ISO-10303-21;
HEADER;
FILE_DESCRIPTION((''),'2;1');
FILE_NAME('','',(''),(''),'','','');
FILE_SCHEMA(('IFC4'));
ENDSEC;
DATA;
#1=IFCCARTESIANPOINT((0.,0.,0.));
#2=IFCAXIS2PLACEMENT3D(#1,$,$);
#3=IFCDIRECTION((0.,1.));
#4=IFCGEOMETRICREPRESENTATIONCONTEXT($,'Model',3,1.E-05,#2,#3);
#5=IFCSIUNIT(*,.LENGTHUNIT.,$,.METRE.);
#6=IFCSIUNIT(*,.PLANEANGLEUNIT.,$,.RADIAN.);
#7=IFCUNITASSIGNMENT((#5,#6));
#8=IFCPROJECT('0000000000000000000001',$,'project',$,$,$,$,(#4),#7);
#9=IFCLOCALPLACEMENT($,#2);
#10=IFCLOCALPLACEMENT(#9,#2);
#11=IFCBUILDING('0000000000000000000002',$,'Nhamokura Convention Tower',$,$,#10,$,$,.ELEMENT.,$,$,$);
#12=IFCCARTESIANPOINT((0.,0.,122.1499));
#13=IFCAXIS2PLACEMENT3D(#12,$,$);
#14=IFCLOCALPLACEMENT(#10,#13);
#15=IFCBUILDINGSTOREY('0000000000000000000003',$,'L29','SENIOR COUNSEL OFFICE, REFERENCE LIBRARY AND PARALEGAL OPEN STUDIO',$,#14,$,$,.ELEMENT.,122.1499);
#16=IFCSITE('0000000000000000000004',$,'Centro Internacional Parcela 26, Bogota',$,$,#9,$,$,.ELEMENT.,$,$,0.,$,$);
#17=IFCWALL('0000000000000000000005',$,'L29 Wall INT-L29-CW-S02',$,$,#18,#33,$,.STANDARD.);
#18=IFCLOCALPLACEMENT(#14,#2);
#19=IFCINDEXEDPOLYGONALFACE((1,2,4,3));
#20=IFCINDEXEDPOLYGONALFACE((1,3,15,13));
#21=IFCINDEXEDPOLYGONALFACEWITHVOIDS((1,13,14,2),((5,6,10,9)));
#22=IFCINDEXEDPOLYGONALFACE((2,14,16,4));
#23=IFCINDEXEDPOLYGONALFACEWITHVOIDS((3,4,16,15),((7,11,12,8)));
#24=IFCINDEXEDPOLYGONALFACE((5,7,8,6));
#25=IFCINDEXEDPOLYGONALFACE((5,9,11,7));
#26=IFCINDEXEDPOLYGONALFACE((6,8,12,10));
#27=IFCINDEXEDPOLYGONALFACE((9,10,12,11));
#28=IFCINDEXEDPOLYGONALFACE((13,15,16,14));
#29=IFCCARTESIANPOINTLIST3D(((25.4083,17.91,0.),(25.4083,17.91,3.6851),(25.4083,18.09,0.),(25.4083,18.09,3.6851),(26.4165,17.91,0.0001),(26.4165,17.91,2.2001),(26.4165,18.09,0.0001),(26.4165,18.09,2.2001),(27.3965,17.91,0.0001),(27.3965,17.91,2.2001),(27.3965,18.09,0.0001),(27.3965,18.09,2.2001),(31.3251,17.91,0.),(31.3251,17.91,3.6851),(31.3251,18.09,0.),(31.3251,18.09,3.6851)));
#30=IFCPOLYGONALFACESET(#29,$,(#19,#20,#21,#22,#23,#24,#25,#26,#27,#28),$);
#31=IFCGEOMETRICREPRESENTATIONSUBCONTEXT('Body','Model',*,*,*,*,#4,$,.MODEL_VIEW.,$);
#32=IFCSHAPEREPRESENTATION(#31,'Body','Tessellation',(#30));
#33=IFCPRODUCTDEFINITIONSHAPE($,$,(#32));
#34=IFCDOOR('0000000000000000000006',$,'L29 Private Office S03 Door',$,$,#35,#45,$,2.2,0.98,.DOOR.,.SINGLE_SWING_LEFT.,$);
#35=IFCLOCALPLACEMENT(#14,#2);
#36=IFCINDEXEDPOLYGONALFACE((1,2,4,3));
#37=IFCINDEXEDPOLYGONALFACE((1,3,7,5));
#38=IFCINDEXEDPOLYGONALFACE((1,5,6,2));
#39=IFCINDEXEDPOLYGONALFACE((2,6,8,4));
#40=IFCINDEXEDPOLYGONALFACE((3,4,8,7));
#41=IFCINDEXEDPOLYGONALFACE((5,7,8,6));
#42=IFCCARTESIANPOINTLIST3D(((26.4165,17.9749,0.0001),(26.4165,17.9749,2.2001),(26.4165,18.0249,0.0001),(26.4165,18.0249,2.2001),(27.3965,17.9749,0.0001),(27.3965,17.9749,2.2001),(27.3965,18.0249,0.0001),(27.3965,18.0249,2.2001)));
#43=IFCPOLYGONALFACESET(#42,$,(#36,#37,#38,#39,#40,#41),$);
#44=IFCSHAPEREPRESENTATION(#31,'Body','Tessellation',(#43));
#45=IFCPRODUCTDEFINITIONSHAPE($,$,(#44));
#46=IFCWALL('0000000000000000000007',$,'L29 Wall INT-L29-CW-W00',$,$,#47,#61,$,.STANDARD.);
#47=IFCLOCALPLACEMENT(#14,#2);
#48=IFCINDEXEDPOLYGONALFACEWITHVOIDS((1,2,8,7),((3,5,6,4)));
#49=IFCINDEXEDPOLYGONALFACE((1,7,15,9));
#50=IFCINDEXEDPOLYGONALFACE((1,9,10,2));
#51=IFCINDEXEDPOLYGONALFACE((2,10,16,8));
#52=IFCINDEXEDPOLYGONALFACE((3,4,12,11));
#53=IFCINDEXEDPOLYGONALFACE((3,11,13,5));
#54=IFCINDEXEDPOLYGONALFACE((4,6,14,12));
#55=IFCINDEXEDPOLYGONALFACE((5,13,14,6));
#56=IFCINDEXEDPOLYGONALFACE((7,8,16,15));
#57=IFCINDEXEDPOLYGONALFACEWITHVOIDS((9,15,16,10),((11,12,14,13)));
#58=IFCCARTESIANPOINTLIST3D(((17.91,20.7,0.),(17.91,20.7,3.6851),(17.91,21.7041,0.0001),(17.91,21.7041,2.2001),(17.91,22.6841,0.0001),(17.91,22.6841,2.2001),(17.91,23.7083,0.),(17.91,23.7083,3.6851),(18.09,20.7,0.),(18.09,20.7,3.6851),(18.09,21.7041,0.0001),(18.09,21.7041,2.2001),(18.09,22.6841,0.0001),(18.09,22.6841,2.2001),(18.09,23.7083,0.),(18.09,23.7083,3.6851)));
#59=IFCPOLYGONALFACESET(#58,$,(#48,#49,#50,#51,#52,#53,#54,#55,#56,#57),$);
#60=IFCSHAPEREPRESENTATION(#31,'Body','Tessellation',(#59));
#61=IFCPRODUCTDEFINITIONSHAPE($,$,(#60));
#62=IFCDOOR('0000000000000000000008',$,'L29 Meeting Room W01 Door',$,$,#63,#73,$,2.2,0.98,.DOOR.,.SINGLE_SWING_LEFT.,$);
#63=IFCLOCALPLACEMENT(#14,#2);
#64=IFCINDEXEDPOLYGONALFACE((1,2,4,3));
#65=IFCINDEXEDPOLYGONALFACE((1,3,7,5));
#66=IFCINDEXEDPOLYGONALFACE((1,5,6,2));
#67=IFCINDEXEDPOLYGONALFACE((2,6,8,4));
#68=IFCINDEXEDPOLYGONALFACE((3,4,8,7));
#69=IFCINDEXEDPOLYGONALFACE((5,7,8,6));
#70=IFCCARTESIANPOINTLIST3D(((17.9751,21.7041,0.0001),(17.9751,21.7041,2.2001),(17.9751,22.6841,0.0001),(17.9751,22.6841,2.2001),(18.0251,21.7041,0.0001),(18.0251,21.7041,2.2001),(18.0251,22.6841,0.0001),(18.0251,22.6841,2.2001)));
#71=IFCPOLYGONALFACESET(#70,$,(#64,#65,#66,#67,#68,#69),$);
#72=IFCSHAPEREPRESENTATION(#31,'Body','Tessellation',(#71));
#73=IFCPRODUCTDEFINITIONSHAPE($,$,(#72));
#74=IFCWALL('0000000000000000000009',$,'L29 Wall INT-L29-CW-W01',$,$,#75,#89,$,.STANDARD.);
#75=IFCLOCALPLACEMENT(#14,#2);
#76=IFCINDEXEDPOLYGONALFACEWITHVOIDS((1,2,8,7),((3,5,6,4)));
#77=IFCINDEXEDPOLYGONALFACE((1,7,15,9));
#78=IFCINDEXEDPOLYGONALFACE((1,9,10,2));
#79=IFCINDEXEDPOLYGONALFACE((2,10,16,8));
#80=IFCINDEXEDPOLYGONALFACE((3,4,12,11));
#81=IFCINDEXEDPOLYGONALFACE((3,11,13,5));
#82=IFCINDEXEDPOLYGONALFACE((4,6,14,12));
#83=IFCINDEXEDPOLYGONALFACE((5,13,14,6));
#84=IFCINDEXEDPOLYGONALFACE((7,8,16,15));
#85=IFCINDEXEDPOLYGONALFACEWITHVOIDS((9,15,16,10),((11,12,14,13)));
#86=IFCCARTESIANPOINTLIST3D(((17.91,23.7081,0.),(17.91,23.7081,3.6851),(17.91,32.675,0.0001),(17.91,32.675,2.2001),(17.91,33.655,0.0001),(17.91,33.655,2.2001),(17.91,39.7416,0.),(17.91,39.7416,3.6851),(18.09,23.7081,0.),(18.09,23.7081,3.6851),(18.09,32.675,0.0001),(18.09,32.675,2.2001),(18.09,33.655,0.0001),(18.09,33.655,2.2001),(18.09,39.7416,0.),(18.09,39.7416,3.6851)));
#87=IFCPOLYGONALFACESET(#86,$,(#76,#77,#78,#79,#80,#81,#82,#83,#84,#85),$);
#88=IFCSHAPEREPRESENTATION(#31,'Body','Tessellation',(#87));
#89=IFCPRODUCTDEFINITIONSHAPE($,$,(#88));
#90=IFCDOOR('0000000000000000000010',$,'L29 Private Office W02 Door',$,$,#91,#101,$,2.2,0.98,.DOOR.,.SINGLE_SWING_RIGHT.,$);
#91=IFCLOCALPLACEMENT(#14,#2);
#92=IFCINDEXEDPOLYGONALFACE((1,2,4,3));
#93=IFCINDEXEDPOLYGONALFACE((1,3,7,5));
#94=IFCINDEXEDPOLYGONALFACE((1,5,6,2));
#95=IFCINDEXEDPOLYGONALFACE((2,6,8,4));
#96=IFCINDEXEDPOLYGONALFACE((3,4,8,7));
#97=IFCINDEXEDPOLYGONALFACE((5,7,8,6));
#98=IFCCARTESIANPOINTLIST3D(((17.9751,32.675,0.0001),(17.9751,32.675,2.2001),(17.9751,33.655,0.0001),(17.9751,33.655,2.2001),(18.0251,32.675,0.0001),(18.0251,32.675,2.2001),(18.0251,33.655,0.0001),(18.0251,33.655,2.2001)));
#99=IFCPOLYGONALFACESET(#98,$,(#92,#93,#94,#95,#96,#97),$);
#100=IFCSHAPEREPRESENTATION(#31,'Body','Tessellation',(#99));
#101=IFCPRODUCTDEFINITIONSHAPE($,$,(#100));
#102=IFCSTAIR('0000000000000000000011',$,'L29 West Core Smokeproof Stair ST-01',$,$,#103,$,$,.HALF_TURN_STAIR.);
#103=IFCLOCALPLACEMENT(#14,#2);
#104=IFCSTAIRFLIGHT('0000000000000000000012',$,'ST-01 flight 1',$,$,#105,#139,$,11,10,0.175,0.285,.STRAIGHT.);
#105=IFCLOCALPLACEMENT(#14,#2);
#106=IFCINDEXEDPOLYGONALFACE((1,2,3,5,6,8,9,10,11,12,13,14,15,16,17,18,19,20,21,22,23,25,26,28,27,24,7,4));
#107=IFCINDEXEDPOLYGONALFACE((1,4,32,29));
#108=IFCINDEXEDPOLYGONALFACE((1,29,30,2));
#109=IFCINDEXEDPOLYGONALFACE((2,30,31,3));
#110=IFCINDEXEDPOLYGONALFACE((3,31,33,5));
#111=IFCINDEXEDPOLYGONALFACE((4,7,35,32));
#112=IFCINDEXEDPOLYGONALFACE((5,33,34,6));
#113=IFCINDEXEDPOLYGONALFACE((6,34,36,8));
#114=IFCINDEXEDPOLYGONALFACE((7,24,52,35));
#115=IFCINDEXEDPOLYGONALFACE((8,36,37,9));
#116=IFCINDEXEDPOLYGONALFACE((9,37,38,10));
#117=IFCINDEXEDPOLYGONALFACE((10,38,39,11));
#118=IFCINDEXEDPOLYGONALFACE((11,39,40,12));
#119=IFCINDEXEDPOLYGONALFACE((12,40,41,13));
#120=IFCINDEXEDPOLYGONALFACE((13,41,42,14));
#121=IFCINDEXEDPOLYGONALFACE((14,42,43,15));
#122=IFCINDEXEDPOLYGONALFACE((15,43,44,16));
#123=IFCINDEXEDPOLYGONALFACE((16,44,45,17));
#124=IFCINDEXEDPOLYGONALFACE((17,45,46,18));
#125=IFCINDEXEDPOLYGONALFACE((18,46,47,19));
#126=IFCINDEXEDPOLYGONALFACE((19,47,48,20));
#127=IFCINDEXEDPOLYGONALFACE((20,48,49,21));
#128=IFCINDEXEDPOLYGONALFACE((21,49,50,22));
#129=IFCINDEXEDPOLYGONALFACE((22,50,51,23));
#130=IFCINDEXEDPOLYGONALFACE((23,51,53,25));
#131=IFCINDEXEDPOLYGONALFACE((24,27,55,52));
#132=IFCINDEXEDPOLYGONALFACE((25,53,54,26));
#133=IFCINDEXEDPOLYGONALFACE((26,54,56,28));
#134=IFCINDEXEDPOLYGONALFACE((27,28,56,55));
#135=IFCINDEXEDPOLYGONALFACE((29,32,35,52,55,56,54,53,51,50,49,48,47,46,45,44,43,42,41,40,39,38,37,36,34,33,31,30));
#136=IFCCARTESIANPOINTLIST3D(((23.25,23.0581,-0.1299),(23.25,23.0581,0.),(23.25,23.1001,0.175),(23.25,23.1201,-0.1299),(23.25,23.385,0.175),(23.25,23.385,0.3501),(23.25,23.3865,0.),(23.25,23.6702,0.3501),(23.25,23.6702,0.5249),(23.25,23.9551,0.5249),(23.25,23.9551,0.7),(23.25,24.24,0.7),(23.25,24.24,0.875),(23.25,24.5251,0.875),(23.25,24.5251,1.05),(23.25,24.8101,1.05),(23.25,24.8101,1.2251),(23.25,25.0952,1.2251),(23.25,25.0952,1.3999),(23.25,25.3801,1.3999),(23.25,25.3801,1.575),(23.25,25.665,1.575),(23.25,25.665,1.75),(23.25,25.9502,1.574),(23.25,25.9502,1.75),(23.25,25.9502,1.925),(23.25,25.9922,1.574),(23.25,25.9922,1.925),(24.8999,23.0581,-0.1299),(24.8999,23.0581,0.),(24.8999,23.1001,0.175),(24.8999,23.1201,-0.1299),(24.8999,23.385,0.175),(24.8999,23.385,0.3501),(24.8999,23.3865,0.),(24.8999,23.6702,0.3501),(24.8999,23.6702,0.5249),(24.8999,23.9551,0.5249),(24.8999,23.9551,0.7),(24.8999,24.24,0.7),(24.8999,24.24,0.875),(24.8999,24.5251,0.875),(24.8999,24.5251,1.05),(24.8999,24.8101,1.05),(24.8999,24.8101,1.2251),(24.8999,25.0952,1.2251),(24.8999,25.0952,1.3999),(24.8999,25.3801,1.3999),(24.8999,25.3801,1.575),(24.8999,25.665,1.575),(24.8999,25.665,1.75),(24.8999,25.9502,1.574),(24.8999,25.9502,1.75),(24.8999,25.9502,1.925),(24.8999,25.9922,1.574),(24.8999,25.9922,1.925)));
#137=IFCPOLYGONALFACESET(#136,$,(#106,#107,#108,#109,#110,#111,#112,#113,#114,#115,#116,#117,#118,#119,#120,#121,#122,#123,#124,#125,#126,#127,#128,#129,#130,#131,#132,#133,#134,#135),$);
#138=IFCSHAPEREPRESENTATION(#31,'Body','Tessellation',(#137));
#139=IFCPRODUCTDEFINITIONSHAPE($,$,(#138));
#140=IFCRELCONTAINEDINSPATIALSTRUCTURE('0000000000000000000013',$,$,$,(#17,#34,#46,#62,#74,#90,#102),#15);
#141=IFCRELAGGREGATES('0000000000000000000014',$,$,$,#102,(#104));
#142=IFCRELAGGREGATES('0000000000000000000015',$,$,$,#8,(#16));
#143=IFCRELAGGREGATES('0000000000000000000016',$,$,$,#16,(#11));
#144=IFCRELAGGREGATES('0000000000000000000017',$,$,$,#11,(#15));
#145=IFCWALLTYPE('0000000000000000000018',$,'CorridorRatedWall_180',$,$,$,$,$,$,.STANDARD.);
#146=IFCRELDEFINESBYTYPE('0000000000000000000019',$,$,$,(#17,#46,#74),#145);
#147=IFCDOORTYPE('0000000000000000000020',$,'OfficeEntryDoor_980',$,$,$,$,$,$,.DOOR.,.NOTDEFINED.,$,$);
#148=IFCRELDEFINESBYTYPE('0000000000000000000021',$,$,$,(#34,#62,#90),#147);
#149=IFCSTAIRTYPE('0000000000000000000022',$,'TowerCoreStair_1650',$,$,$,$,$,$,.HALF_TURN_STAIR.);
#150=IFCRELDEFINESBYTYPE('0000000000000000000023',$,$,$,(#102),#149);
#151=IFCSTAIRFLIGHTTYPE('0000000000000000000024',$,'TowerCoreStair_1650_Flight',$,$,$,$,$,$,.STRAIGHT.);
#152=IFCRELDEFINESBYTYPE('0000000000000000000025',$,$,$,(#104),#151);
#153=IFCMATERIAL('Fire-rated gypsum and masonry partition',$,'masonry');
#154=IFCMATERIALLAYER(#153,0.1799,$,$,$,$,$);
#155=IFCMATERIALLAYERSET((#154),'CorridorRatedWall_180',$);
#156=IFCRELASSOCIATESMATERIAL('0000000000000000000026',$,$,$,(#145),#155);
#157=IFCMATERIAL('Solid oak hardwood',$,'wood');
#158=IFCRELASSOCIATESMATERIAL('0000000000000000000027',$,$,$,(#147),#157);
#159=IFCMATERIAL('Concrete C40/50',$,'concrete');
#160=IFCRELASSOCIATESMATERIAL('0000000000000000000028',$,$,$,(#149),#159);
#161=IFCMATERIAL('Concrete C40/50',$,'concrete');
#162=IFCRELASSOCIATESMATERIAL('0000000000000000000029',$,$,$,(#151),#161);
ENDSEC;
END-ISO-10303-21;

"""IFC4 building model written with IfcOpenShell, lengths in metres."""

from ifc_helpers import new_model, si_unit, direction, frame, frame_2d, origin, place, context, subcontext, project, spatial, polyline, rectangle, outline, extrude, material, layer, layer_set, type_object, element, fill, aggregate, save


model = new_model("IFC4")

# Units and contexts
model_context = context("Model", 3, precision=1e-05, world=origin(), true_north=direction((0.0, 1.0)))
body_context = subcontext(model_context, "Body", "Model", "MODEL_VIEW")
ifc_project = project(units=[si_unit("LENGTHUNIT", "METRE"), si_unit("PLANEANGLEUNIT", "RADIAN")], contexts=[model_context])

# Site, building, storey
site_placement = place(None, origin())
site = spatial("IfcSite", under=ifc_project, at=site_placement, Name="Centro Internacional Parcela 26, Bogota", CompositionType="ELEMENT", RefElevation=0.0)
building_placement = place(site_placement, origin())
building = spatial("IfcBuilding", under=site, at=building_placement, Name="Nhamokura Convention Tower", CompositionType="ELEMENT")
storey_placement = place(building_placement, frame((0.0, 0.0, 122.1499)))
storey = spatial("IfcBuildingStorey", under=building, at=storey_placement, Name="L29", Description="SENIOR COUNSEL OFFICE, REFERENCE LIBRARY AND PARALEGAL OPEN STUDIO", CompositionType="ELEMENT", Elevation=122.1499)

# Walls, openings, doors
ifc_material_1 = material(Name="Fire-rated gypsum and masonry partition", Category="masonry")
ifc_layer_1 = layer(ifc_material_1, 0.1799)
ifc_layer_set_1 = layer_set([ifc_layer_1], Name="CorridorRatedWall_180")
wall_type_1 = type_object("IfcWallType", Name="CorridorRatedWall_180", PredefinedType="STANDARD", material=ifc_layer_set_1)
ifc_material_2 = material(Name="Solid oak hardwood", Category="wood")
door_type_1 = type_object("IfcDoorType", Name="OfficeEntryDoor_980", OperationType="NOTDEFINED", PredefinedType="DOOR", material=ifc_material_2)
wall_1_placement = place(storey_placement, frame((25.4082, 18.0, 0.0), z_axis=(0.0, 0.0, 1.0), x_axis=(1.0, 0.0, 0.0)))
wall_1 = element("IfcWall", 1, at=wall_1_placement, inside=storey, type_object=wall_type_1, Name="L29 Wall INT-L29-CW-S02", PredefinedType="STANDARD", context=body_context, shape_type="SweptSolid", body=[
    extrude(rectangle(XDim=5.9167, YDim=0.1799, at=frame_2d((2.9585, 0.0))), origin(), (0.0, 0.0, 1.0), 3.6851),
])
opening_1_placement = place(wall_1_placement, frame((1.0083, 0.0, 0.0)))
opening_1 = element("IfcOpeningElement", 2, at=opening_1_placement, cuts=wall_1, PredefinedType="OPENING", context=body_context, shape_type="SweptSolid", body=[
    extrude(rectangle(XDim=0.98, YDim=2.2, at=frame_2d((0.49, 1.1001))), frame((0.0, 0.0999, 0.0), z_axis=(0.0, -1.0, 0.0), x_axis=(1.0, 0.0, 0.0)), (0.0, 0.0, 1.0), 0.2),
])
door_1_placement = place(opening_1_placement, origin())
door_1 = element("IfcDoor", 3, at=door_1_placement, inside=storey, type_object=door_type_1, Name="L29 Private Office S03 Door", OperationType="SINGLE_SWING_LEFT", OverallHeight=2.2, OverallWidth=0.98, PredefinedType="DOOR", context=body_context, shape_type="SweptSolid", body=[
    extrude(rectangle(XDim=0.98, YDim=2.2, at=frame_2d((0.49, 1.1001))), frame((0.0, 0.0249, 0.0), z_axis=(0.0, -1.0, 0.0), x_axis=(1.0, 0.0, 0.0)), (0.0, 0.0, 1.0), 0.05),
])
fill(opening_1, door_1)
wall_2_placement = place(storey_placement, frame((18.0, 20.7, 0.0), z_axis=(0.0, 0.0, 1.0), x_axis=(0.0, 1.0, 0.0)))
wall_2 = element("IfcWall", 4, at=wall_2_placement, inside=storey, type_object=wall_type_1, Name="L29 Wall INT-L29-CW-W00", PredefinedType="STANDARD", context=body_context, shape_type="SweptSolid", body=[
    extrude(rectangle(XDim=3.0083, YDim=0.1799, at=frame_2d((1.5042, 0.0))), origin(), (0.0, 0.0, 1.0), 3.6851),
])
opening_2_placement = place(wall_2_placement, frame((1.0042, 0.0, 0.0)))
opening_2 = element("IfcOpeningElement", 5, at=opening_2_placement, cuts=wall_2, PredefinedType="OPENING", context=body_context, shape_type="SweptSolid", body=[
    extrude(rectangle(XDim=0.98, YDim=2.2, at=frame_2d((0.49, 1.1001))), frame((0.0, 0.0999, 0.0), z_axis=(0.0, -1.0, 0.0), x_axis=(1.0, 0.0, 0.0)), (0.0, 0.0, 1.0), 0.2),
])
door_2_placement = place(opening_2_placement, origin())
door_2 = element("IfcDoor", 6, at=door_2_placement, inside=storey, type_object=door_type_1, Name="L29 Meeting Room W01 Door", OperationType="SINGLE_SWING_LEFT", OverallHeight=2.2, OverallWidth=0.98, PredefinedType="DOOR", context=body_context, shape_type="SweptSolid", body=[
    extrude(rectangle(XDim=0.98, YDim=2.2, at=frame_2d((0.49, 1.1001))), frame((0.0, 0.0249, 0.0), z_axis=(0.0, -1.0, 0.0), x_axis=(1.0, 0.0, 0.0)), (0.0, 0.0, 1.0), 0.05),
])
fill(opening_2, door_2)
wall_3_placement = place(storey_placement, frame((18.0, 23.7083, 0.0), z_axis=(0.0, 0.0, 1.0), x_axis=(0.0, 1.0, 0.0)))
wall_3 = element("IfcWall", 7, at=wall_3_placement, inside=storey, type_object=wall_type_1, Name="L29 Wall INT-L29-CW-W01", PredefinedType="STANDARD", context=body_context, shape_type="SweptSolid", body=[
    extrude(rectangle(XDim=16.0334, YDim=0.1799, at=frame_2d((8.0166, 0.0))), origin(), (0.0, 0.0, 1.0), 3.6851),
])
opening_3_placement = place(wall_3_placement, frame((8.9668, 0.0, 0.0)))
opening_3 = element("IfcOpeningElement", 8, at=opening_3_placement, cuts=wall_3, PredefinedType="OPENING", context=body_context, shape_type="SweptSolid", body=[
    extrude(rectangle(XDim=0.98, YDim=2.2, at=frame_2d((0.49, 1.1001))), frame((0.0, 0.0999, 0.0), z_axis=(0.0, -1.0, 0.0), x_axis=(1.0, 0.0, 0.0)), (0.0, 0.0, 1.0), 0.2),
])
door_3_placement = place(opening_3_placement, origin())
door_3 = element("IfcDoor", 9, at=door_3_placement, inside=storey, type_object=door_type_1, Name="L29 Private Office W02 Door", OperationType="SINGLE_SWING_RIGHT", OverallHeight=2.2, OverallWidth=0.98, PredefinedType="DOOR", context=body_context, shape_type="SweptSolid", body=[
    extrude(rectangle(XDim=0.98, YDim=2.2, at=frame_2d((0.49, 1.1001))), frame((0.0, 0.0249, 0.0), z_axis=(0.0, -1.0, 0.0), x_axis=(1.0, 0.0, 0.0)), (0.0, 0.0, 1.0), 0.05),
])
fill(opening_3, door_3)

# Stair, stair flight
ifc_material_3 = material(Name="Concrete C40/50", Category="concrete")
stair_type = type_object("IfcStairType", Name="TowerCoreStair_1650", PredefinedType="HALF_TURN_STAIR", material=ifc_material_3)
stair_placement = place(storey_placement, origin())
stair = element("IfcStair", 10, at=stair_placement, inside=storey, type_object=stair_type, Name="L29 West Core Smokeproof Stair ST-01", PredefinedType="HALF_TURN_STAIR")
ifc_material_4 = material(Name="Concrete C40/50", Category="concrete")
stair_flight_type = type_object("IfcStairFlightType", Name="TowerCoreStair_1650_Flight", PredefinedType="STRAIGHT", material=ifc_material_4)
stair_flight_placement = place(storey_placement, frame((24.075, 23.1001, 0.0), z_axis=(0.0, 0.0, 1.0), x_axis=(0.0, 1.0, 0.0)))
stair_flight = element("IfcStairFlight", 11, at=stair_flight_placement, type_object=stair_flight_type, Name="ST-01 flight 1", NumberOfRisers=11, NumberOfTreads=10, PredefinedType="STRAIGHT", RiserHeight=0.175, TreadLength=0.285, context=body_context, shape_type="SweptSolid", body=[
    extrude(outline(polyline([(-0.042, 0.0), (0.0, 0.175), (0.2849, 0.175), (0.2849, 0.3501), (0.5701, 0.3501), (0.5701, 0.5249), (0.855, 0.5249), (0.855, 0.7), (1.1399, 0.7), (1.1399, 0.875), (1.425, 0.875), (1.425, 1.05), (1.71, 1.05), (1.71, 1.2251), (1.9951, 1.2251), (1.9951, 1.3999), (2.28, 1.3999), (2.28, 1.575), (2.5649, 1.575), (2.5649, 1.75), (2.8501, 1.75), (2.8501, 1.925), (2.8921, 1.925), (2.8921, 1.574), (2.8501, 1.574), (0.2864, 0.0), (0.02, -0.1299), (-0.042, -0.1299), (-0.042, 0.0)])), frame((0.0, 0.825, 0.0), z_axis=(0.0, -1.0, 0.0), x_axis=(1.0, 0.0, 0.0)), (0.0, 0.0, 1.0), 1.6499),
])
aggregate(stair, [stair_flight])

save(model, "model.ifc")
